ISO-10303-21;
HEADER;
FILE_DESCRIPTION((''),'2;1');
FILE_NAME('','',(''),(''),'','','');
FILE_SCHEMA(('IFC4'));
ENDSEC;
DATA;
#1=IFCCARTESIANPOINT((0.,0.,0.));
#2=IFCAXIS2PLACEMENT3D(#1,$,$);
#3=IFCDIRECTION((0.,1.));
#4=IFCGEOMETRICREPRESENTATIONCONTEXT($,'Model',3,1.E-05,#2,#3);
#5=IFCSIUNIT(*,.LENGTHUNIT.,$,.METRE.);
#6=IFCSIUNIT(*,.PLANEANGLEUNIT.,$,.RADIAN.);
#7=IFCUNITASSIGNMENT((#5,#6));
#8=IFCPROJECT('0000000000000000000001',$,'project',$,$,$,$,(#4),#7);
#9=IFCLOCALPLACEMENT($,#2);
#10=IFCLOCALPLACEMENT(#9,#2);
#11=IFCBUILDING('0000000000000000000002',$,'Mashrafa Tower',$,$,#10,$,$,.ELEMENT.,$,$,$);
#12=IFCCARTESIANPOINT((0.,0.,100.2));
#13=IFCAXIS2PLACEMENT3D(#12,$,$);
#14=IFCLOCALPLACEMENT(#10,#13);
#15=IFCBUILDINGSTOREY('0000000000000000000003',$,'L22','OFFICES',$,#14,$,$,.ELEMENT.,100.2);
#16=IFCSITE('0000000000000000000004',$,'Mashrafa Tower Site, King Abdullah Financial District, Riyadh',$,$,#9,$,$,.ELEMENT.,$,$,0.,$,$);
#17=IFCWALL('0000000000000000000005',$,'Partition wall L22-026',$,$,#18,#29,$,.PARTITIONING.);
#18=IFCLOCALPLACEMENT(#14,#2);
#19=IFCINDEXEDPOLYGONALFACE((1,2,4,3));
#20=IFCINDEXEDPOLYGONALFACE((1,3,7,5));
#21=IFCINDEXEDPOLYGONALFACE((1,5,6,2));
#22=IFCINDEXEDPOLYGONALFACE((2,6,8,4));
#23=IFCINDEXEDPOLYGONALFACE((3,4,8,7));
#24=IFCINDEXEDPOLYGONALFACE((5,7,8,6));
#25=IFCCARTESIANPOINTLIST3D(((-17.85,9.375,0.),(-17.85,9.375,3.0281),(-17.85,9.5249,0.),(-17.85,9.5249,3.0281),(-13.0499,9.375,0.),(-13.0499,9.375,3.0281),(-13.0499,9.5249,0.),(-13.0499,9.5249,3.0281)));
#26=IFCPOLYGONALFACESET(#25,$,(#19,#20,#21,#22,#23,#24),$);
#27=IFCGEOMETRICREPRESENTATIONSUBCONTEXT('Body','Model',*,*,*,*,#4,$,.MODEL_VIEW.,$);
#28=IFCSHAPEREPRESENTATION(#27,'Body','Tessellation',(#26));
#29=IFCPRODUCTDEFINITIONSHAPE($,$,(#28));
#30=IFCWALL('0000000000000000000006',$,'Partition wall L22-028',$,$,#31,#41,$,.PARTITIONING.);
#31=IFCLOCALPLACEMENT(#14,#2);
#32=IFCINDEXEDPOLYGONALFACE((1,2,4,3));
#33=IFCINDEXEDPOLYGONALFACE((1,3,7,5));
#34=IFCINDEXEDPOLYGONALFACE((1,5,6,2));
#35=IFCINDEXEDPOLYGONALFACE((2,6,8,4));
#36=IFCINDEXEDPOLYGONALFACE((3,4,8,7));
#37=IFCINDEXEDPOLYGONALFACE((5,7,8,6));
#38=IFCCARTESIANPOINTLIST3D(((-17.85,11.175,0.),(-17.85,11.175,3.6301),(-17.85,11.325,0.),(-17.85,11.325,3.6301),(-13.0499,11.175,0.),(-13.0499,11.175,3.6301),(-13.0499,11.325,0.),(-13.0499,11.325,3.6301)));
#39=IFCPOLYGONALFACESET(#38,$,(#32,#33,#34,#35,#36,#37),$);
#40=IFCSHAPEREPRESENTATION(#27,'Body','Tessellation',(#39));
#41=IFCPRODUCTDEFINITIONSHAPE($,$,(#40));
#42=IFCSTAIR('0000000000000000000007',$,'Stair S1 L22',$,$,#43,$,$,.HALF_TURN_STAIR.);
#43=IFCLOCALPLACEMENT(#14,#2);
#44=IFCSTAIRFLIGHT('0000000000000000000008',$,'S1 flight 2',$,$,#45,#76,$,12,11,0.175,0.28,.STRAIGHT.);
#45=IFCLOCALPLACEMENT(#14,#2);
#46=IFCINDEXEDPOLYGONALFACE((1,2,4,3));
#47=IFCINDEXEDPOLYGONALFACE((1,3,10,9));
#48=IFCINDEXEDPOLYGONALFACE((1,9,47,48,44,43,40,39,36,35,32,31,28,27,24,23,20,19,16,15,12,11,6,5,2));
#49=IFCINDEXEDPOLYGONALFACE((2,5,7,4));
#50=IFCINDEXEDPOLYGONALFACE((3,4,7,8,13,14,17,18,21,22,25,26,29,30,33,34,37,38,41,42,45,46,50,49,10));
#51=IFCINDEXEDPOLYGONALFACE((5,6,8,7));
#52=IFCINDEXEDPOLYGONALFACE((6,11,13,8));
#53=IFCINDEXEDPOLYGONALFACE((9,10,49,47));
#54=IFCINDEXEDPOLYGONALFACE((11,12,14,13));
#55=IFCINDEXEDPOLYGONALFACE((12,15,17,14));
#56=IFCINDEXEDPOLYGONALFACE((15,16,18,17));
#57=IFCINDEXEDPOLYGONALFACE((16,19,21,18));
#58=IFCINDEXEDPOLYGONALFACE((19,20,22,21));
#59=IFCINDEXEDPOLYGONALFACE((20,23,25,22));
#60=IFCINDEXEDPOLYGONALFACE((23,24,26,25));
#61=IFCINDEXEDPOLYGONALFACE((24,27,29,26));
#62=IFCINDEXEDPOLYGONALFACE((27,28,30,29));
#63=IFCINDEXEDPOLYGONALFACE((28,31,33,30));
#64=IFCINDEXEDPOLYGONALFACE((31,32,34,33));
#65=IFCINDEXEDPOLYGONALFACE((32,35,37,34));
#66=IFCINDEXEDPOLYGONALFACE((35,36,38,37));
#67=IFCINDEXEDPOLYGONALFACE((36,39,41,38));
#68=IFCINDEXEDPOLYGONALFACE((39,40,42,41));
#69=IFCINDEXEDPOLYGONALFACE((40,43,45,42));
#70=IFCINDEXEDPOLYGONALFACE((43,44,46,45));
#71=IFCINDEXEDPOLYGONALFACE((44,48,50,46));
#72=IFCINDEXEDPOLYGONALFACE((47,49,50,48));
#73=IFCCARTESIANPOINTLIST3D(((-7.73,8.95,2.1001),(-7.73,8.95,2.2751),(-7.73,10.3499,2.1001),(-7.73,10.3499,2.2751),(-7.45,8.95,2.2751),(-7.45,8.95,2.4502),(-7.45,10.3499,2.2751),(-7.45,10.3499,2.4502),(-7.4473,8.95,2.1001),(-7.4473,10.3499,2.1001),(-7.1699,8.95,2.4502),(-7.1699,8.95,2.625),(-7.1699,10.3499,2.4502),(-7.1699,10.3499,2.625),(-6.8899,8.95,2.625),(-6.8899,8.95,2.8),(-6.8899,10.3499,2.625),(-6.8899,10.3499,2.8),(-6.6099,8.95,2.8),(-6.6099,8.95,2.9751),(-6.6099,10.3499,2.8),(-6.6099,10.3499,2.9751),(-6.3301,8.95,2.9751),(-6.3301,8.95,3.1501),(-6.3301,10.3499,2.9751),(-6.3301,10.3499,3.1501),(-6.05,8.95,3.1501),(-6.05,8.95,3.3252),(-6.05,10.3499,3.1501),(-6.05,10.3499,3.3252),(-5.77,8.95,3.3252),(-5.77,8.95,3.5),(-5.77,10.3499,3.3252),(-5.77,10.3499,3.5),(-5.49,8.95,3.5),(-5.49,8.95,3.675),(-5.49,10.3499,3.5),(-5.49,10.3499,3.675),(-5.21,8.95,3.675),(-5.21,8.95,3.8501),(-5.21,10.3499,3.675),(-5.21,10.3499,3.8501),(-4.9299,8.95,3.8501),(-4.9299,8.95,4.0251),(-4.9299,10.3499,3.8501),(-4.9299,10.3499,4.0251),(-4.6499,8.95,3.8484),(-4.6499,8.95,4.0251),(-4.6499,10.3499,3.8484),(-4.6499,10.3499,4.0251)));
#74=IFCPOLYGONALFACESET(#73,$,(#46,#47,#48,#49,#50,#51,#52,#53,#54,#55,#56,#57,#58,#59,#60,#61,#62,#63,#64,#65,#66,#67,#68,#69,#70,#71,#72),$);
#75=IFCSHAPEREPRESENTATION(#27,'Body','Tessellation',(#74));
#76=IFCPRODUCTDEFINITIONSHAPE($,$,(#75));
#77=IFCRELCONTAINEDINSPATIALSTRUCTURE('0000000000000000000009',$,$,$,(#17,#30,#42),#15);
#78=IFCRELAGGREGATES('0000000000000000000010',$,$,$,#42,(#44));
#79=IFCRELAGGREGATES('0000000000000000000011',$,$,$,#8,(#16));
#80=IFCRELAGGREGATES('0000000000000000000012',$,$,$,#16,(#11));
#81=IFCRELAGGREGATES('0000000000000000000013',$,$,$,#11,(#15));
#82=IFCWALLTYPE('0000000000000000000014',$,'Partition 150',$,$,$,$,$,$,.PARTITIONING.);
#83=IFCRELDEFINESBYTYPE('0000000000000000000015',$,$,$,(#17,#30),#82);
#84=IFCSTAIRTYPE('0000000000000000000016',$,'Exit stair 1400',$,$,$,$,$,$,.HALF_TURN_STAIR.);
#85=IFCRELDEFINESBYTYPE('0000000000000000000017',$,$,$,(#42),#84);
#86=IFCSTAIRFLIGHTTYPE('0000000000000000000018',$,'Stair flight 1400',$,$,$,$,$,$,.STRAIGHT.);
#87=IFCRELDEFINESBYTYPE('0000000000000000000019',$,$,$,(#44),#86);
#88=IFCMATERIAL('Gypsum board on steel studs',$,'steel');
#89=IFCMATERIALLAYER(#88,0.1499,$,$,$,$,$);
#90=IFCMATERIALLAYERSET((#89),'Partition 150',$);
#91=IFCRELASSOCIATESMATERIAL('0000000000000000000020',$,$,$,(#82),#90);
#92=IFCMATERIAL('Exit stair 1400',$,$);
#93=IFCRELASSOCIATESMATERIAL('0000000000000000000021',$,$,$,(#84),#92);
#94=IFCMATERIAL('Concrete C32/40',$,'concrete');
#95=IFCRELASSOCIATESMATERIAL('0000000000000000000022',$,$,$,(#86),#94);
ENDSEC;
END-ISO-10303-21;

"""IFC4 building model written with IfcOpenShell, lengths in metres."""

from ifc_helpers import new_model, si_unit, direction, frame, frame_2d, origin, place, context, subcontext, project, spatial, polyline, rectangle, outline, extrude, material, layer, layer_set, type_object, element, aggregate, save


model = new_model("IFC4")

# Units and contexts
model_context = context("Model", 3, precision=1e-05, world=origin(), true_north=direction((0.0, 1.0)))
body_context = subcontext(model_context, "Body", "Model", "MODEL_VIEW")
ifc_project = project(units=[si_unit("LENGTHUNIT", "METRE"), si_unit("PLANEANGLEUNIT", "RADIAN")], contexts=[model_context])

# Site, building, storey
site_placement = place(None, origin())
site = spatial("IfcSite", under=ifc_project, at=site_placement, Name="Mashrafa Tower Site, King Abdullah Financial District, Riyadh", CompositionType="ELEMENT", RefElevation=0.0)
building_placement = place(site_placement, origin())
building = spatial("IfcBuilding", under=site, at=building_placement, Name="Mashrafa Tower", CompositionType="ELEMENT")
storey_placement = place(building_placement, frame((0.0, 0.0, 100.2)))
storey = spatial("IfcBuildingStorey", under=building, at=storey_placement, Name="L22", Description="OFFICES", CompositionType="ELEMENT", Elevation=100.2)

# Walls
ifc_material_1 = material(Name="Gypsum board on steel studs", Category="steel")
ifc_layer_1 = layer(ifc_material_1, 0.1499)
ifc_layer_set_1 = layer_set([ifc_layer_1], Name="Partition 150")
wall_type_1 = type_object("IfcWallType", Name="Partition 150", PredefinedType="PARTITIONING", material=ifc_layer_set_1)
wall_1_placement = place(storey_placement, frame((-13.05, 9.45, 0.0), z_axis=(0.0, 0.0, 1.0), x_axis=(-1.0, 0.0, 0.0)))
element("IfcWall", 1, at=wall_1_placement, inside=storey, type_object=wall_type_1, Name="Partition wall L22-026", PredefinedType="PARTITIONING", context=body_context, shape_type="SweptSolid", body=[
    extrude(rectangle(XDim=4.8, YDim=0.1499, at=frame_2d((2.3999, 0.0))), origin(), (0.0, 0.0, 1.0), 3.0281),
])
wall_2_placement = place(storey_placement, frame((-13.05, 11.25, 0.0), z_axis=(0.0, 0.0, 1.0), x_axis=(-1.0, 0.0, 0.0)))
element("IfcWall", 2, at=wall_2_placement, inside=storey, type_object=wall_type_1, Name="Partition wall L22-028", PredefinedType="PARTITIONING", context=body_context, shape_type="SweptSolid", body=[
    extrude(rectangle(XDim=4.8, YDim=0.1499, at=frame_2d((2.3999, 0.0))), origin(), (0.0, 0.0, 1.0), 3.6301),
])

# Stair, stair flight
ifc_material_2 = material(Name="Exit stair 1400")
stair_type = type_object("IfcStairType", Name="Exit stair 1400", PredefinedType="HALF_TURN_STAIR", material=ifc_material_2)
stair_placement = place(storey_placement, origin())
stair = element("IfcStair", 3, at=stair_placement, inside=storey, type_object=stair_type, Name="Stair S1 L22", PredefinedType="HALF_TURN_STAIR")
ifc_material_3 = material(Name="Concrete C32/40", Category="concrete")
stair_flight_type = type_object("IfcStairFlightType", Name="Stair flight 1400", PredefinedType="STRAIGHT", material=ifc_material_3)
stair_flight_placement = place(storey_placement, frame((-7.73, 9.6499, 2.1001), z_axis=(0.0, 0.0, 1.0), x_axis=(1.0, 0.0, 0.0)))
stair_flight = element("IfcStairFlight", 4, at=stair_flight_placement, type_object=stair_flight_type, Name="S1 flight 2", NumberOfRisers=12, NumberOfTreads=11, PredefinedType="STRAIGHT", RiserHeight=0.175, TreadLength=0.28, context=body_context, shape_type="SweptSolid", body=[
    extrude(outline(polyline([(0.0, 0.0), (0.0, 0.175), (0.28, 0.175), (0.28, 0.3501), (0.5601, 0.3501), (0.5601, 0.5249), (0.8401, 0.5249), (0.8401, 0.7), (1.1201, 0.7), (1.1201, 0.875), (1.3999, 0.875), (1.3999, 1.05), (1.6799, 1.05), (1.6799, 1.2251), (1.96, 1.2251), (1.96, 1.3999), (2.24, 1.3999), (2.24, 1.575), (2.52, 1.575), (2.52, 1.75), (2.8, 1.75), (2.8, 1.925), (3.0801, 1.925), (3.0801, 2.1001), (3.0801, 1.7483), (0.2827, 0.0), (0.0, 0.0)])), frame((0.0, 0.7, 0.0), z_axis=(0.0, -1.0, 0.0), x_axis=(1.0, 0.0, 0.0)), (0.0, 0.0, 1.0), 1.3999),
])
aggregate(stair, [stair_flight])

save(model, "model.ifc")
